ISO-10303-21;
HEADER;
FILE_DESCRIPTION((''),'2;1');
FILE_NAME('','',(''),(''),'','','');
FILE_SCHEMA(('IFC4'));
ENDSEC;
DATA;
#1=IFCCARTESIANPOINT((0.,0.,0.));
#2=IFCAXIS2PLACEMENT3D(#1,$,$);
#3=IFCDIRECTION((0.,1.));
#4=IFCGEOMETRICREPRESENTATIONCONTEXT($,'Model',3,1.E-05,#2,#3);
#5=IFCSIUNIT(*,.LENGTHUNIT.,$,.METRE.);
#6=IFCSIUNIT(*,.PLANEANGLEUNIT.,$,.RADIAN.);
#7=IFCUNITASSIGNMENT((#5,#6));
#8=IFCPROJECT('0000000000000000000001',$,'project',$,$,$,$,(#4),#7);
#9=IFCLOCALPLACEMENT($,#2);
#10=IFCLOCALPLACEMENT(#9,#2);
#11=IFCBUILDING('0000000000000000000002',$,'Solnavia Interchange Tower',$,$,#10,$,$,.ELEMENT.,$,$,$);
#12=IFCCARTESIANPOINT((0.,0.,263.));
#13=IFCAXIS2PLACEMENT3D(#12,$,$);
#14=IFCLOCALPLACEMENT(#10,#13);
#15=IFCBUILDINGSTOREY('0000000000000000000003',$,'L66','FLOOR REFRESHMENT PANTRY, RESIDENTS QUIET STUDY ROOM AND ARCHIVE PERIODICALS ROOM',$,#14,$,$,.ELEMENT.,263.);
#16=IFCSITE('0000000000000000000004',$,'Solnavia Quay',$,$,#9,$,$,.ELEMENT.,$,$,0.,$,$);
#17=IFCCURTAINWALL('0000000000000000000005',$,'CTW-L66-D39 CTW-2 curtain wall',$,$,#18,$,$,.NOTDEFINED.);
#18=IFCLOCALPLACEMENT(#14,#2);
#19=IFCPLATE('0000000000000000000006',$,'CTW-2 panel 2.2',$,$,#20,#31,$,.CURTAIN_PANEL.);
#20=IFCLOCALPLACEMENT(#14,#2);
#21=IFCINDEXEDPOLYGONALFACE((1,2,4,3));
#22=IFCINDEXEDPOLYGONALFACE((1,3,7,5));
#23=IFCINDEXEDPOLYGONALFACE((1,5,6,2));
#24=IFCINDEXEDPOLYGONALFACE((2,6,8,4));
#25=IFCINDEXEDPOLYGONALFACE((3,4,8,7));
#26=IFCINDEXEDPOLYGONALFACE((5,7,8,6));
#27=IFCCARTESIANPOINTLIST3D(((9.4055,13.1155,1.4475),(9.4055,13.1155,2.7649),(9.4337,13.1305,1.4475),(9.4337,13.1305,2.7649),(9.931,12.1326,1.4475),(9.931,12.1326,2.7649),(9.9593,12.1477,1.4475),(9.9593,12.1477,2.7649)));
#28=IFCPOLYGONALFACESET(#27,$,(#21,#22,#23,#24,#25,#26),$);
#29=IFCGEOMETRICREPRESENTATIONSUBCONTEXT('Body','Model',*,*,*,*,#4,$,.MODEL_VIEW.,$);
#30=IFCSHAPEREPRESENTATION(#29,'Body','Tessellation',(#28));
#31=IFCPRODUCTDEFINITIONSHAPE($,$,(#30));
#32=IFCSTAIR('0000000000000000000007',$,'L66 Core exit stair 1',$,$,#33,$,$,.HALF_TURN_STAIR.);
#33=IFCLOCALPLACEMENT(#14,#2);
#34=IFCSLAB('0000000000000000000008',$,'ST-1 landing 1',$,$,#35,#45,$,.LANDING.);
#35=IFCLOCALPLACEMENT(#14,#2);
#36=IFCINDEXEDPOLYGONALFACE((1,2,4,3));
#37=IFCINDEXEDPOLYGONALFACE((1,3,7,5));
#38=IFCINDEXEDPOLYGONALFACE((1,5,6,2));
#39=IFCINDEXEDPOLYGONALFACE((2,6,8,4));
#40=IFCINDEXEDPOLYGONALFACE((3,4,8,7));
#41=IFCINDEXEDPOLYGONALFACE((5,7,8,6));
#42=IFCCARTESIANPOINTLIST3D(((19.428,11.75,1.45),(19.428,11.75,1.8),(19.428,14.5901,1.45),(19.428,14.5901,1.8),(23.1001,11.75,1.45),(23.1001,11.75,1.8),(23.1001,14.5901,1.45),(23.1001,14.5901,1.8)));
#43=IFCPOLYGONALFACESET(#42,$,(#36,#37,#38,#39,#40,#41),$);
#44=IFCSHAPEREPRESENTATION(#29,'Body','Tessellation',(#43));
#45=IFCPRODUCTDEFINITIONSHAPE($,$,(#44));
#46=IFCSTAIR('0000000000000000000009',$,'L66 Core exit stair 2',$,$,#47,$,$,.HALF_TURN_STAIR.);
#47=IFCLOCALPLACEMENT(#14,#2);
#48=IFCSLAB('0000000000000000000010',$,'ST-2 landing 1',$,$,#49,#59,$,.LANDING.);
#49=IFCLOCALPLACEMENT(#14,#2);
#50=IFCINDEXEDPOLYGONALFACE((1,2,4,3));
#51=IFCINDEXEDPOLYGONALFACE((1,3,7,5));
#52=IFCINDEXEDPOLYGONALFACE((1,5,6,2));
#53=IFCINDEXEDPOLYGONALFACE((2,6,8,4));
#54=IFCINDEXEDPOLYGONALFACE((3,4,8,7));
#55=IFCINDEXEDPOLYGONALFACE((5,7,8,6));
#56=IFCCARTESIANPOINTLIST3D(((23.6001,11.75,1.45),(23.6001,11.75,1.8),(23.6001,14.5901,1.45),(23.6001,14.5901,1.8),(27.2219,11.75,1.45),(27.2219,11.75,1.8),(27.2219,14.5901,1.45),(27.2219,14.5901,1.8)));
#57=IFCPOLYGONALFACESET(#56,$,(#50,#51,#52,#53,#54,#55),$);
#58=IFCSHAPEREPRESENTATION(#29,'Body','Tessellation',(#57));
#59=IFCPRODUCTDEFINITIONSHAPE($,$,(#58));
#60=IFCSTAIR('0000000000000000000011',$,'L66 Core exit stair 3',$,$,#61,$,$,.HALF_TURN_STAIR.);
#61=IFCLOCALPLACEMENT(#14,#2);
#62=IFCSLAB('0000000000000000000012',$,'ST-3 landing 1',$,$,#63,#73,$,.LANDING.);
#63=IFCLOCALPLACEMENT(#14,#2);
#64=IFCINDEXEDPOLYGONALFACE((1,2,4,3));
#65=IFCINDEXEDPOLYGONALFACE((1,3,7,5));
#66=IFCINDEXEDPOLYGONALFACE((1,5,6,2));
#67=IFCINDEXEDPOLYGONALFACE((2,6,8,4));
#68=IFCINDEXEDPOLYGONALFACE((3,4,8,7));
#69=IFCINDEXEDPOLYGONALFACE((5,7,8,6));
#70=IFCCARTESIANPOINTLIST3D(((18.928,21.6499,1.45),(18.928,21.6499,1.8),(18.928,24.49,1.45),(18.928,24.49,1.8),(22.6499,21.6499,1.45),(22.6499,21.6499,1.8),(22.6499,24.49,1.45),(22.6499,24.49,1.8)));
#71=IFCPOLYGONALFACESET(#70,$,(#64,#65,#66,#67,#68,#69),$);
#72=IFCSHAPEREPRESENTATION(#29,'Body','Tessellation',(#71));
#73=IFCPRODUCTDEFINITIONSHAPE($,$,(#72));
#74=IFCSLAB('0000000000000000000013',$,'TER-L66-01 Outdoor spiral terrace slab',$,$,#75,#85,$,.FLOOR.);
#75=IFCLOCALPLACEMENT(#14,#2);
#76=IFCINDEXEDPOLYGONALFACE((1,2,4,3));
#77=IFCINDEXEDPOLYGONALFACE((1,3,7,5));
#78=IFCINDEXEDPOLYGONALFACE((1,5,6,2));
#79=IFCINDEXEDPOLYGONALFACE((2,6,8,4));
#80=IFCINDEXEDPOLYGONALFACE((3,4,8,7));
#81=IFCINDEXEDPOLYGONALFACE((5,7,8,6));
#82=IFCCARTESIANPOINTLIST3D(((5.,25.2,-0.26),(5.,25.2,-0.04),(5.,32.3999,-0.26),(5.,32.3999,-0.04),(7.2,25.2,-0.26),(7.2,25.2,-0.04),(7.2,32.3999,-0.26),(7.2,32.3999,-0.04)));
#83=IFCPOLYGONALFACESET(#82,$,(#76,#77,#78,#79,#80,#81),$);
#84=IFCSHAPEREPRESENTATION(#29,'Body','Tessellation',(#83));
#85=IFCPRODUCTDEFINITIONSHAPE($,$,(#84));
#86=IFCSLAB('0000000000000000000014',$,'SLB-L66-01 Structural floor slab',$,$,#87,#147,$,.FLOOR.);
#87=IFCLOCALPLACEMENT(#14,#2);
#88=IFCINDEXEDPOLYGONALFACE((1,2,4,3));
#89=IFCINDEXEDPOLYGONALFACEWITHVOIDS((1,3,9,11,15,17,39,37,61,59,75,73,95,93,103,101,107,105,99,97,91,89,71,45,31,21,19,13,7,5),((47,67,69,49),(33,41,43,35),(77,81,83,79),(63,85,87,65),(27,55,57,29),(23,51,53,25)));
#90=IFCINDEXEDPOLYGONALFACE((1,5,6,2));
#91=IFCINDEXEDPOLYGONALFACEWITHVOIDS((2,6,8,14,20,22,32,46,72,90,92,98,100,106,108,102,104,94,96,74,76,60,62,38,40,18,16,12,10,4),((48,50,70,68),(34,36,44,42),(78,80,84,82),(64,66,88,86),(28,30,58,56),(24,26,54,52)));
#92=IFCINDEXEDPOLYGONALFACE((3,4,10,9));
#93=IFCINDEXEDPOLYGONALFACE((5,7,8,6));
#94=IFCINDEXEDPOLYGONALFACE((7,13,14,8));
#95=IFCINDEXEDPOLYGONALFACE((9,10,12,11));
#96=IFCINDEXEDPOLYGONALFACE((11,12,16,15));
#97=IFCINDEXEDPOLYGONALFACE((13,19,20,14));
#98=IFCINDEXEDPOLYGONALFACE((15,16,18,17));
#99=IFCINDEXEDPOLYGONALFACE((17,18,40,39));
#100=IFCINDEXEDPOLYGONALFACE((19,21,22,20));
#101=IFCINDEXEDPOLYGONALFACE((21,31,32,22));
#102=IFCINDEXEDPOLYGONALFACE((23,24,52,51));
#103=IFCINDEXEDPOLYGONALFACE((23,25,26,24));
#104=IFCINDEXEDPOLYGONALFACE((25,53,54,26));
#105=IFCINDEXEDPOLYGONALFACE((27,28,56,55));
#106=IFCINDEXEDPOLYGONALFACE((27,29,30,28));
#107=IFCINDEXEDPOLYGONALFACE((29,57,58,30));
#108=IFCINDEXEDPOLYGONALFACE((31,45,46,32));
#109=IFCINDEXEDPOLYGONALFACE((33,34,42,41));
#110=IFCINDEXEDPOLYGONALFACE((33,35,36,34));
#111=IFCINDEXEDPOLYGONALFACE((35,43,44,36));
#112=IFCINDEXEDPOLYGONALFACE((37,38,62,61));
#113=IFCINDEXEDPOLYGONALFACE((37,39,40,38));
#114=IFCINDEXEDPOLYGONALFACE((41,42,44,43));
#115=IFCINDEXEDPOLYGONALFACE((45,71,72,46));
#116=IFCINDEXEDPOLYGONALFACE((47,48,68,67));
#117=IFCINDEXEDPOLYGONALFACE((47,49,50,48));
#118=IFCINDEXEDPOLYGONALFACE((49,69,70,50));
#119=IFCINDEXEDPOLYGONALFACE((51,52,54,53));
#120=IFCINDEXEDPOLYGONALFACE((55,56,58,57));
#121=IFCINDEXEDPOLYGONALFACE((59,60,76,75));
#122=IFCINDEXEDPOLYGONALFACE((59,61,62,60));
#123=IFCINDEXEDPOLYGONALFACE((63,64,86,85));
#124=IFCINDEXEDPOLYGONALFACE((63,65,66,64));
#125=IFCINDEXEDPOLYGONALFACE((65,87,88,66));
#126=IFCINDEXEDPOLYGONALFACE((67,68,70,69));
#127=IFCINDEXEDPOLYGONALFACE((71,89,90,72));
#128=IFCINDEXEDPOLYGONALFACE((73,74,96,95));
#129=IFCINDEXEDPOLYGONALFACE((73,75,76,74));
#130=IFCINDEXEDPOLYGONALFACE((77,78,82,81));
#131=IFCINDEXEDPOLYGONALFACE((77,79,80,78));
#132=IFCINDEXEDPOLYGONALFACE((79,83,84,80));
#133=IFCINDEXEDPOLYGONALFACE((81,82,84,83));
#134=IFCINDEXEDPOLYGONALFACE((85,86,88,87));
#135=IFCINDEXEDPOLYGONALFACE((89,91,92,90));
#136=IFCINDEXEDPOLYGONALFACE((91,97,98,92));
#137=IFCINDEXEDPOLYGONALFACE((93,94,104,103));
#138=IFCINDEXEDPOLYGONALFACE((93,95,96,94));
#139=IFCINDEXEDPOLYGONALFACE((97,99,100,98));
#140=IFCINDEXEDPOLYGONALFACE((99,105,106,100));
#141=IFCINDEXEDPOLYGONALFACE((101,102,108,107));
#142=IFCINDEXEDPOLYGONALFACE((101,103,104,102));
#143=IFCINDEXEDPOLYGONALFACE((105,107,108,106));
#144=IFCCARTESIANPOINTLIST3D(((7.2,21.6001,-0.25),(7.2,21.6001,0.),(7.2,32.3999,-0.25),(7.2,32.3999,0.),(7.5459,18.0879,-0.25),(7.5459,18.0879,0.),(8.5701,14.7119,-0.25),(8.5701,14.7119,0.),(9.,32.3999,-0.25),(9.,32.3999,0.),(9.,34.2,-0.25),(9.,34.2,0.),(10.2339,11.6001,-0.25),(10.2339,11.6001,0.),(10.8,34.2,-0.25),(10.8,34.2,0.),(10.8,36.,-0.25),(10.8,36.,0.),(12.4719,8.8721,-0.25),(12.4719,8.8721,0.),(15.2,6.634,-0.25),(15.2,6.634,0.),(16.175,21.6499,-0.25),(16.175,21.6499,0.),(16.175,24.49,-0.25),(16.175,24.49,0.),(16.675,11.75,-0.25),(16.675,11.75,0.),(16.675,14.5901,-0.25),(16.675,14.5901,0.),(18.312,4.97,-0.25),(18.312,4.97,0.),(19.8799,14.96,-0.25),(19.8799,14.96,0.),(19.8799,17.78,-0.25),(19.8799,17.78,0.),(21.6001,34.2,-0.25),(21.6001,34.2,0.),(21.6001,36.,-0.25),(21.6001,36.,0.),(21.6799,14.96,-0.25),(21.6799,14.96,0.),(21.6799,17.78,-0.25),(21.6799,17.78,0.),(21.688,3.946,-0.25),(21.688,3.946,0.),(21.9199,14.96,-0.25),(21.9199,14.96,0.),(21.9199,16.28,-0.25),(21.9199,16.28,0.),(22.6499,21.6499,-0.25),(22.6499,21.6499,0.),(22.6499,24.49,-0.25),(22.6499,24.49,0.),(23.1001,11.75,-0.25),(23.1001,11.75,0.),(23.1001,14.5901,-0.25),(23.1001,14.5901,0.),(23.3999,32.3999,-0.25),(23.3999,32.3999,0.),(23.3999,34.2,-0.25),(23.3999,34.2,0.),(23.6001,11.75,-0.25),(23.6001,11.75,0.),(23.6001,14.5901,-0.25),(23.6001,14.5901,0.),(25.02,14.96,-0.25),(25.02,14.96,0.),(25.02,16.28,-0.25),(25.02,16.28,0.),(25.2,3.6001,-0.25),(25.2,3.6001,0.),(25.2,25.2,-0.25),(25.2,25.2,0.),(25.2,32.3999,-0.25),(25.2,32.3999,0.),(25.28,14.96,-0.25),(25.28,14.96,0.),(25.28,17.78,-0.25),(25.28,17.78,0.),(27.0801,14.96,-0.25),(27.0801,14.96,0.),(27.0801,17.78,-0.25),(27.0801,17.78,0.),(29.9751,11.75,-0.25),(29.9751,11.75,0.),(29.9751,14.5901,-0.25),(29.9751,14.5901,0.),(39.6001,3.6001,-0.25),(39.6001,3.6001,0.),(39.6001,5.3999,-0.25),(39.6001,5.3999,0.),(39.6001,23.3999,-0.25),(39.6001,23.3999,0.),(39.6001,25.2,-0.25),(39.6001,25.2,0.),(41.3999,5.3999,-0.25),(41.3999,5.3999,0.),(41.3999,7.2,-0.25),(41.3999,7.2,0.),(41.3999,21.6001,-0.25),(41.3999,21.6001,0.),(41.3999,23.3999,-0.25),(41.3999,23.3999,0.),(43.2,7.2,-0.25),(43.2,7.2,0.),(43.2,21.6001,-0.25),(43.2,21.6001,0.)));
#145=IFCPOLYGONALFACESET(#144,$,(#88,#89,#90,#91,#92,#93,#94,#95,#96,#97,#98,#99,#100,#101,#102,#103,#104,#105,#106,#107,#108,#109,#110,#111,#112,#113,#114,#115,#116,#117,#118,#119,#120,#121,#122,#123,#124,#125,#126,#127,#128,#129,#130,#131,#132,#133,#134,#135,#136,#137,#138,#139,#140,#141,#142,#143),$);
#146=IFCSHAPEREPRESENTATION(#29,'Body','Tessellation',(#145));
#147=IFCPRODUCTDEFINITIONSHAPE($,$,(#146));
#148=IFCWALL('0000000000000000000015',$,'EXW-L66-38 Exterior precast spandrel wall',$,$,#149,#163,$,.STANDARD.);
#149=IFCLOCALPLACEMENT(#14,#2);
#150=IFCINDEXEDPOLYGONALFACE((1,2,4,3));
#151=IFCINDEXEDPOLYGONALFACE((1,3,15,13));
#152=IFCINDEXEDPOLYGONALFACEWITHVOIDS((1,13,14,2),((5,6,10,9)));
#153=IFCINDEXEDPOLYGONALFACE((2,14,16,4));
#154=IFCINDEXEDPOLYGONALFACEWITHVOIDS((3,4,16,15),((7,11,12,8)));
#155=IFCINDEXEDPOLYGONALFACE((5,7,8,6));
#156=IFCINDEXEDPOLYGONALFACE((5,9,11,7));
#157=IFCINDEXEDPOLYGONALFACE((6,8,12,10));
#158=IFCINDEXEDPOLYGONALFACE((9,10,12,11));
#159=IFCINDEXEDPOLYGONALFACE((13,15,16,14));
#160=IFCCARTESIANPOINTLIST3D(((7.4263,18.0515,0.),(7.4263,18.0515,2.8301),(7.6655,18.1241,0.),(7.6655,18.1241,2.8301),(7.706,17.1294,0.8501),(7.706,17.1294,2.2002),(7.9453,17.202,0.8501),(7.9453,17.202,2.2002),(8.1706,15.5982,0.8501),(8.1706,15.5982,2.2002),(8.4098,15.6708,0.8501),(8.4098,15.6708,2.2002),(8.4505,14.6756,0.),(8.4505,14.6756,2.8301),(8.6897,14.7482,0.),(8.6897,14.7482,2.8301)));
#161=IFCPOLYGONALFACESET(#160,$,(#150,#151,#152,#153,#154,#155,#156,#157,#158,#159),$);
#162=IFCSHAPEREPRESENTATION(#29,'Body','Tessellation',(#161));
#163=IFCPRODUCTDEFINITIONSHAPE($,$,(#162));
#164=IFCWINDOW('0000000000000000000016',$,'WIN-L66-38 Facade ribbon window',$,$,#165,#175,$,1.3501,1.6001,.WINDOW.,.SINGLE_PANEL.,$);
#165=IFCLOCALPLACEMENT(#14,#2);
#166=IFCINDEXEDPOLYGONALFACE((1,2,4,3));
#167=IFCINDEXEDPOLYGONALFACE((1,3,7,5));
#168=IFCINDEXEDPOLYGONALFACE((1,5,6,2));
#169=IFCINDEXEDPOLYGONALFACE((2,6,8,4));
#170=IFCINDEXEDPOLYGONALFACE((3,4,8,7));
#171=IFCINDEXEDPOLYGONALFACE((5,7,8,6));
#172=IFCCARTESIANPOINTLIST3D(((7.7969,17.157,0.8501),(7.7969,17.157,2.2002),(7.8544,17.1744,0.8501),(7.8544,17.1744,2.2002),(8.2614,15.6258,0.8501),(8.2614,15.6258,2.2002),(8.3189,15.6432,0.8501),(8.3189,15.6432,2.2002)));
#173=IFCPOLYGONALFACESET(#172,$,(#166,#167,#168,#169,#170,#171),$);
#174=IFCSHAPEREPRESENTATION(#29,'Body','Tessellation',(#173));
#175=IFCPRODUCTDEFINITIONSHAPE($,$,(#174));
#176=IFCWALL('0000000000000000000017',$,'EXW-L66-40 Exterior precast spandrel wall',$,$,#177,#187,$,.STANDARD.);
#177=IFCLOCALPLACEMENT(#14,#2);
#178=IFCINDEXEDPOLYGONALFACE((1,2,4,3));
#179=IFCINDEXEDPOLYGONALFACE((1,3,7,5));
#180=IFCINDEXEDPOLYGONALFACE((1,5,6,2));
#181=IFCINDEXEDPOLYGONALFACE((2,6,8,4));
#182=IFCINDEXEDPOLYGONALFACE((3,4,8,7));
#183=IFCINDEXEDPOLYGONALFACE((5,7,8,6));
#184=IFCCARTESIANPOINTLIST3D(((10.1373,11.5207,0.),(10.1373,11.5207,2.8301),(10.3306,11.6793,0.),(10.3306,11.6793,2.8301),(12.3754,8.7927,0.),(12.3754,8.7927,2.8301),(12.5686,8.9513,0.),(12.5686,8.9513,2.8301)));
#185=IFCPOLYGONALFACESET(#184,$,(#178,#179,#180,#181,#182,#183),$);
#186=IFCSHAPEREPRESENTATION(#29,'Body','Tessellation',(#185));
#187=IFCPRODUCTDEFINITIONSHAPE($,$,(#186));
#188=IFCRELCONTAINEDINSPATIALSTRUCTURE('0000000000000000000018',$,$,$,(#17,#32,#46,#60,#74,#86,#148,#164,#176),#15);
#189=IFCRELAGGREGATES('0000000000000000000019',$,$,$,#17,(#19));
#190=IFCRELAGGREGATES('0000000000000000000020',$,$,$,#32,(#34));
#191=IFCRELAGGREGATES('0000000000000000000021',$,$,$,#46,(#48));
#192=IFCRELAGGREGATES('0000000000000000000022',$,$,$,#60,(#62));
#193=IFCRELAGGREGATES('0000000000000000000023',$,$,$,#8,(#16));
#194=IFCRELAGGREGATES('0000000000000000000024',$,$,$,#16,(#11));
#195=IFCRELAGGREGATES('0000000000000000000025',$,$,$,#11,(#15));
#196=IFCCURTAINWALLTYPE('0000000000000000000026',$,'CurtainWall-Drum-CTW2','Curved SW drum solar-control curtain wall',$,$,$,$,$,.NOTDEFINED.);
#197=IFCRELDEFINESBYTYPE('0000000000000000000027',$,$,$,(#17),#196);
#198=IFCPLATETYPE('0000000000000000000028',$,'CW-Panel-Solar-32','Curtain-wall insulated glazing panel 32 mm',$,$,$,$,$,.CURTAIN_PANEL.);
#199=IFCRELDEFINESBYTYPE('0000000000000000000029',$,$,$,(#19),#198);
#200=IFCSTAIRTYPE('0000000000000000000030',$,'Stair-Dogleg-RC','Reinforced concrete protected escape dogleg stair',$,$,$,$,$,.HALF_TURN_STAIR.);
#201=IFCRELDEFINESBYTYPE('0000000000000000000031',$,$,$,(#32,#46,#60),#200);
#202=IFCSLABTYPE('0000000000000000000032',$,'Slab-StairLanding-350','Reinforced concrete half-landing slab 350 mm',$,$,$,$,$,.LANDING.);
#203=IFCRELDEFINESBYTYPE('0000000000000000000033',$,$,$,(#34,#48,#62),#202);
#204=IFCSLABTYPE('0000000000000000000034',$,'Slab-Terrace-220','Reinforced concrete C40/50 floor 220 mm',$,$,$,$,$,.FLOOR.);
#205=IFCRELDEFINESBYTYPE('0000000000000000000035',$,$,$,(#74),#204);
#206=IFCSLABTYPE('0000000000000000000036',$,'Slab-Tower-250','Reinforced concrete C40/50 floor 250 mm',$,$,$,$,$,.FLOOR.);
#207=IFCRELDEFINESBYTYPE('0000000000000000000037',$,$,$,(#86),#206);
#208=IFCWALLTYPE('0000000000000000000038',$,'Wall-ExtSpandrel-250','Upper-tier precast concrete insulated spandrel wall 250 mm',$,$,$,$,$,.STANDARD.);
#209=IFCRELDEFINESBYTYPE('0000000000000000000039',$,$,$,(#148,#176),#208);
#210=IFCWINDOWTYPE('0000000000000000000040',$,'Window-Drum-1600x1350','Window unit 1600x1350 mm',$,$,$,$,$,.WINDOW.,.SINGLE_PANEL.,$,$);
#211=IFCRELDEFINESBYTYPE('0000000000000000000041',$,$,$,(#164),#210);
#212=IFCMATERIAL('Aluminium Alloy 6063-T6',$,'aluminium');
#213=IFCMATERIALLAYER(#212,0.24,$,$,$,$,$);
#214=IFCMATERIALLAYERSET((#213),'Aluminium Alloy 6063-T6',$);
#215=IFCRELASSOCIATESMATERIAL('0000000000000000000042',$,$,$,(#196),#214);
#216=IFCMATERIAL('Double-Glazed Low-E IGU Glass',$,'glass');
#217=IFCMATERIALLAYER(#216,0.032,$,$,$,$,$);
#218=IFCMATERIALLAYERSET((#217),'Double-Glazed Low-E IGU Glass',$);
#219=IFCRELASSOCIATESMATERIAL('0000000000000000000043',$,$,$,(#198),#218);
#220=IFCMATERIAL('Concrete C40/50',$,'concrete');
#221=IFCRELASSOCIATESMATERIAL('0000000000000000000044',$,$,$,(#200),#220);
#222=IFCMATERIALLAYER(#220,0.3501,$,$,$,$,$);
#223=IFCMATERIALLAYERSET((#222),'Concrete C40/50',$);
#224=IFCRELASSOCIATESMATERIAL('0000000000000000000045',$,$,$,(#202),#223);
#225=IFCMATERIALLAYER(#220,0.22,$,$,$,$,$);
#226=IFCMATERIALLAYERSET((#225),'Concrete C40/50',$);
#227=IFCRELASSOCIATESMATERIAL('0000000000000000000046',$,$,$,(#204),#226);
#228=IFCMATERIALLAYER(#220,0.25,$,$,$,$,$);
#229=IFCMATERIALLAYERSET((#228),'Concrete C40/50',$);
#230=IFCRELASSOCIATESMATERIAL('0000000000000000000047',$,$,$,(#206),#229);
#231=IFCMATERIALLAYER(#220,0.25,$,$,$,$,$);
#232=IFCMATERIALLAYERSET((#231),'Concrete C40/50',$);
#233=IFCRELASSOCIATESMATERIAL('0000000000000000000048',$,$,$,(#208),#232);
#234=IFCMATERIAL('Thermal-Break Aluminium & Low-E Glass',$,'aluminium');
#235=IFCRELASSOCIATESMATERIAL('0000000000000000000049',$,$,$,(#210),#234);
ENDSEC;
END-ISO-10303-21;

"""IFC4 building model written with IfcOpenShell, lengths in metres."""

from ifc_helpers import new_model, si_unit, direction, frame, frame_2d, origin, origin_2d, place, context, subcontext, project, spatial, polyline, rectangle, outline, extrude, material, layer, layer_set, type_object, element, fill, aggregate, save


model = new_model("IFC4")

# Units and contexts
model_context = context("Model", 3, precision=1e-05, world=origin(), true_north=direction((0.0, 1.0)))
body_context = subcontext(model_context, "Body", "Model", "MODEL_VIEW")
ifc_project = project(units=[si_unit("LENGTHUNIT", "METRE"), si_unit("PLANEANGLEUNIT", "RADIAN")], contexts=[model_context])

# Site, building, storey
site_placement = place(None, origin())
site = spatial("IfcSite", under=ifc_project, at=site_placement, Name="Solnavia Quay", CompositionType="ELEMENT", RefElevation=0.0)
building_placement = place(site_placement, origin())
building = spatial("IfcBuilding", under=site, at=building_placement, Name="Solnavia Interchange Tower", CompositionType="ELEMENT")
storey_placement = place(building_placement, frame((0.0, 0.0, 263.0)))
storey = spatial("IfcBuildingStorey", under=building, at=storey_placement, Name="L66", Description="FLOOR REFRESHMENT PANTRY, RESIDENTS QUIET STUDY ROOM AND ARCHIVE PERIODICALS ROOM", CompositionType="ELEMENT", Elevation=263.0)

# Curtain wall
ifc_material_1 = material(Name="Aluminium Alloy 6063-T6", Category="aluminium")
ifc_layer_1 = layer(ifc_material_1, 0.24)
ifc_layer_set_1 = layer_set([ifc_layer_1], Name="Aluminium Alloy 6063-T6")
curtain_wall_type = type_object("IfcCurtainWallType", Name="CurtainWall-Drum-CTW2", Description="Curved SW drum solar-control curtain wall", PredefinedType="NOTDEFINED", material=ifc_layer_set_1)
curtain_wall_1_placement = place(storey_placement, origin())
curtain_wall_1 = element("IfcCurtainWall", 1, at=curtain_wall_1_placement, inside=storey, type_object=curtain_wall_type, Name="CTW-L66-D39 CTW-2 curtain wall", PredefinedType="NOTDEFINED")

# Plate
ifc_material_2 = material(Name="Double-Glazed Low-E IGU Glass", Category="glass")
ifc_layer_2 = layer(ifc_material_2, 0.032)
ifc_layer_set_2 = layer_set([ifc_layer_2], Name="Double-Glazed Low-E IGU Glass")
plate_type = type_object("IfcPlateType", Name="CW-Panel-Solar-32", Description="Curtain-wall insulated glazing panel 32 mm", PredefinedType="CURTAIN_PANEL", material=ifc_layer_set_2)
plate_1_placement = place(storey_placement, frame((9.6824, 12.6316, 1.4475), z_axis=(0.0, 0.0, 1.0), x_axis=(0.471561, -0.881834, 0.0)))
plate_1 = element("IfcPlate", 2, at=plate_1_placement, type_object=plate_type, Name="CTW-2 panel 2.2", PredefinedType="CURTAIN_PANEL", context=body_context, shape_type="SweptSolid", body=[
    extrude(rectangle(XDim=1.1145, YDim=0.032, at=origin_2d()), origin(), (0.0, 0.0, 1.0), 1.3174),
])
aggregate(curtain_wall_1, [plate_1])

# Stairs, slabs
ifc_material_3 = material(Name="Concrete C40/50", Category="concrete")
stair_type = type_object("IfcStairType", Name="Stair-Dogleg-RC", Description="Reinforced concrete protected escape dogleg stair", PredefinedType="HALF_TURN_STAIR", material=ifc_material_3)
stair_1_placement = place(storey_placement, origin())
stair_1 = element("IfcStair", 3, at=stair_1_placement, inside=storey, type_object=stair_type, Name="L66 Core exit stair 1", PredefinedType="HALF_TURN_STAIR")
ifc_layer_3 = layer(ifc_material_3, 0.3501)
ifc_layer_set_3 = layer_set([ifc_layer_3], Name="Concrete C40/50")
slab_type_1 = type_object("IfcSlabType", Name="Slab-StairLanding-350", Description="Reinforced concrete half-landing slab 350 mm", PredefinedType="LANDING", material=ifc_layer_set_3)
slab_1_placement = place(storey_placement, frame((0.0, 0.0, 1.45)))
slab_1 = element("IfcSlab", 4, at=slab_1_placement, type_object=slab_type_1, Name="ST-1 landing 1", PredefinedType="LANDING", context=body_context, shape_type="SweptSolid", body=[
    extrude(outline(polyline([(19.428, 11.75), (23.1001, 11.75), (23.1001, 14.5901), (19.428, 14.5901), (19.428, 11.75)])), origin(), (0.0, 0.0, 1.0), 0.3501),
])
aggregate(stair_1, [slab_1])
stair_2_placement = place(storey_placement, origin())
stair_2 = element("IfcStair", 5, at=stair_2_placement, inside=storey, type_object=stair_type, Name="L66 Core exit stair 2", PredefinedType="HALF_TURN_STAIR")
slab_2_placement = place(storey_placement, frame((0.0, 0.0, 1.45)))
slab_2 = element("IfcSlab", 6, at=slab_2_placement, type_object=slab_type_1, Name="ST-2 landing 1", PredefinedType="LANDING", context=body_context, shape_type="SweptSolid", body=[
    extrude(outline(polyline([(23.6001, 11.75), (27.2219, 11.75), (27.2219, 14.5901), (23.6001, 14.5901), (23.6001, 11.75)])), origin(), (0.0, 0.0, 1.0), 0.3501),
])
aggregate(stair_2, [slab_2])
stair_3_placement = place(storey_placement, origin())
stair_3 = element("IfcStair", 7, at=stair_3_placement, inside=storey, type_object=stair_type, Name="L66 Core exit stair 3", PredefinedType="HALF_TURN_STAIR")
slab_3_placement = place(storey_placement, frame((0.0, 0.0, 1.45)))
slab_3 = element("IfcSlab", 8, at=slab_3_placement, type_object=slab_type_1, Name="ST-3 landing 1", PredefinedType="LANDING", context=body_context, shape_type="SweptSolid", body=[
    extrude(outline(polyline([(18.928, 21.6499), (22.6499, 21.6499), (22.6499, 24.49), (18.928, 24.49), (18.928, 21.6499)])), origin(), (0.0, 0.0, 1.0), 0.3501),
])
aggregate(stair_3, [slab_3])

# Slabs
ifc_layer_4 = layer(ifc_material_3, 0.22)
ifc_layer_set_4 = layer_set([ifc_layer_4], Name="Concrete C40/50")
slab_type_2 = type_object("IfcSlabType", Name="Slab-Terrace-220", Description="Reinforced concrete C40/50 floor 220 mm", PredefinedType="FLOOR", material=ifc_layer_set_4)
slab_4_placement = place(storey_placement, frame((0.0, 0.0, -0.26)))
element("IfcSlab", 9, at=slab_4_placement, inside=storey, type_object=slab_type_2, Name="TER-L66-01 Outdoor spiral terrace slab", PredefinedType="FLOOR", context=body_context, shape_type="SweptSolid", body=[
    extrude(outline(polyline([(5.0, 25.2), (7.2, 25.2), (7.2, 32.3999), (5.0, 32.3999), (5.0, 25.2)])), origin(), (0.0, 0.0, 1.0), 0.22),
])
ifc_layer_5 = layer(ifc_material_3, 0.25)
ifc_layer_set_5 = layer_set([ifc_layer_5], Name="Concrete C40/50")
slab_type_3 = type_object("IfcSlabType", Name="Slab-Tower-250", Description="Reinforced concrete C40/50 floor 250 mm", PredefinedType="FLOOR", material=ifc_layer_set_5)
slab_5_placement = place(storey_placement, frame((0.0, 0.0, -0.25)))
element("IfcSlab", 10, at=slab_5_placement, inside=storey, type_object=slab_type_3, Name="SLB-L66-01 Structural floor slab", PredefinedType="FLOOR", context=body_context, shape_type="SweptSolid", body=[
    extrude(outline(polyline([(25.2, 3.6001), (39.6001, 3.6001), (39.6001, 5.3999), (41.3999, 5.3999), (41.3999, 7.2), (43.2, 7.2), (43.2, 21.6001), (41.3999, 21.6001), (41.3999, 23.3999), (39.6001, 23.3999), (39.6001, 25.2), (25.2, 25.2), (25.2, 32.3999), (23.3999, 32.3999), (23.3999, 34.2), (21.6001, 34.2), (21.6001, 36.0), (10.8, 36.0), (10.8, 34.2), (9.0, 34.2), (9.0, 32.3999), (7.2, 32.3999), (7.2, 21.6001), (7.5459, 18.0879), (8.5701, 14.7119), (10.2339, 11.6001), (12.4719, 8.8721), (15.2, 6.634), (18.312, 4.97), (21.688, 3.946), (25.2, 3.6001)]), holes=[polyline([(16.675, 11.75), (23.1001, 11.75), (23.1001, 14.5901), (16.675, 14.5901), (16.675, 11.75)]), polyline([(23.6001, 11.75), (29.9751, 11.75), (29.9751, 14.5901), (23.6001, 14.5901), (23.6001, 11.75)]), polyline([(16.175, 21.6499), (22.6499, 21.6499), (22.6499, 24.49), (16.175, 24.49), (16.175, 21.6499)]), polyline([(19.8799, 14.96), (21.6799, 14.96), (21.6799, 17.78), (19.8799, 17.78), (19.8799, 14.96)]), polyline([(25.28, 14.96), (27.0801, 14.96), (27.0801, 17.78), (25.28, 17.78), (25.28, 14.96)]), polyline([(21.9199, 14.96), (25.02, 14.96), (25.02, 16.28), (21.9199, 16.28), (21.9199, 14.96)])]), origin(), (0.0, 0.0, 1.0), 0.25),
])

# Wall, opening, window
ifc_layer_6 = layer(ifc_material_3, 0.25)
ifc_layer_set_6 = layer_set([ifc_layer_6], Name="Concrete C40/50")
wall_type = type_object("IfcWallType", Name="Wall-ExtSpandrel-250", Description="Upper-tier precast concrete insulated spandrel wall 250 mm", PredefinedType="STANDARD", material=ifc_layer_set_6)
wall_1_placement = place(storey_placement, frame((8.5701, 14.7119, 0.0), z_axis=(0.0, 0.0, 1.0), x_axis=(-0.290305, 0.956934, 0.0)))
wall_1 = element("IfcWall", 11, at=wall_1_placement, inside=storey, type_object=wall_type, Name="EXW-L66-38 Exterior precast spandrel wall", PredefinedType="STANDARD", context=body_context, shape_type="SweptSolid", body=[
    extrude(rectangle(XDim=3.5278, YDim=0.25, at=frame_2d((1.7639, 0.0))), origin(), (0.0, 0.0, 1.0), 2.8301),
])
opening_placement = place(wall_1_placement, frame((0.9641, 0.0, 0.8501)))
opening = element("IfcOpeningElement", 12, at=opening_placement, cuts=wall_1, PredefinedType="OPENING", context=body_context, shape_type="SweptSolid", body=[
    extrude(rectangle(XDim=1.6001, YDim=1.3501, at=frame_2d((0.8, 0.675))), frame((0.0, 0.135, 0.0), z_axis=(0.0, -1.0, 0.0), x_axis=(1.0, 0.0, 0.0)), (0.0, 0.0, 1.0), 0.27),
])
ifc_material_4 = material(Name="Thermal-Break Aluminium & Low-E Glass", Category="aluminium")
window_type = type_object("IfcWindowType", Name="Window-Drum-1600x1350", Description="Window unit 1600x1350 mm", PartitioningType="SINGLE_PANEL", PredefinedType="WINDOW", material=ifc_material_4)
window_placement = place(opening_placement, origin())
window = element("IfcWindow", 13, at=window_placement, inside=storey, type_object=window_type, Name="WIN-L66-38 Facade ribbon window", OverallHeight=1.3501, OverallWidth=1.6001, PartitioningType="SINGLE_PANEL", PredefinedType="WINDOW", context=body_context, shape_type="SweptSolid", body=[
    extrude(rectangle(XDim=1.6001, YDim=1.3501, at=frame_2d((0.8, 0.675))), frame((0.0, 0.03, 0.0), z_axis=(0.0, -1.0, 0.0), x_axis=(1.0, 0.0, 0.0)), (0.0, 0.0, 1.0), 0.0601),
])
fill(opening, window)

# Wall
wall_2_placement = place(storey_placement, frame((12.4719, 8.8721, 0.0), z_axis=(0.0, 0.0, 1.0), x_axis=(-0.634258, 0.773121, 0.0)))
element("IfcWall", 14, at=wall_2_placement, inside=storey, type_object=wall_type, Name="EXW-L66-40 Exterior precast spandrel wall", PredefinedType="STANDARD", context=body_context, shape_type="SweptSolid", body=[
    extrude(rectangle(XDim=3.5286, YDim=0.25, at=frame_2d((1.7642, 0.0))), origin(), (0.0, 0.0, 1.0), 2.8301),
])

save(model, "model.ifc")
